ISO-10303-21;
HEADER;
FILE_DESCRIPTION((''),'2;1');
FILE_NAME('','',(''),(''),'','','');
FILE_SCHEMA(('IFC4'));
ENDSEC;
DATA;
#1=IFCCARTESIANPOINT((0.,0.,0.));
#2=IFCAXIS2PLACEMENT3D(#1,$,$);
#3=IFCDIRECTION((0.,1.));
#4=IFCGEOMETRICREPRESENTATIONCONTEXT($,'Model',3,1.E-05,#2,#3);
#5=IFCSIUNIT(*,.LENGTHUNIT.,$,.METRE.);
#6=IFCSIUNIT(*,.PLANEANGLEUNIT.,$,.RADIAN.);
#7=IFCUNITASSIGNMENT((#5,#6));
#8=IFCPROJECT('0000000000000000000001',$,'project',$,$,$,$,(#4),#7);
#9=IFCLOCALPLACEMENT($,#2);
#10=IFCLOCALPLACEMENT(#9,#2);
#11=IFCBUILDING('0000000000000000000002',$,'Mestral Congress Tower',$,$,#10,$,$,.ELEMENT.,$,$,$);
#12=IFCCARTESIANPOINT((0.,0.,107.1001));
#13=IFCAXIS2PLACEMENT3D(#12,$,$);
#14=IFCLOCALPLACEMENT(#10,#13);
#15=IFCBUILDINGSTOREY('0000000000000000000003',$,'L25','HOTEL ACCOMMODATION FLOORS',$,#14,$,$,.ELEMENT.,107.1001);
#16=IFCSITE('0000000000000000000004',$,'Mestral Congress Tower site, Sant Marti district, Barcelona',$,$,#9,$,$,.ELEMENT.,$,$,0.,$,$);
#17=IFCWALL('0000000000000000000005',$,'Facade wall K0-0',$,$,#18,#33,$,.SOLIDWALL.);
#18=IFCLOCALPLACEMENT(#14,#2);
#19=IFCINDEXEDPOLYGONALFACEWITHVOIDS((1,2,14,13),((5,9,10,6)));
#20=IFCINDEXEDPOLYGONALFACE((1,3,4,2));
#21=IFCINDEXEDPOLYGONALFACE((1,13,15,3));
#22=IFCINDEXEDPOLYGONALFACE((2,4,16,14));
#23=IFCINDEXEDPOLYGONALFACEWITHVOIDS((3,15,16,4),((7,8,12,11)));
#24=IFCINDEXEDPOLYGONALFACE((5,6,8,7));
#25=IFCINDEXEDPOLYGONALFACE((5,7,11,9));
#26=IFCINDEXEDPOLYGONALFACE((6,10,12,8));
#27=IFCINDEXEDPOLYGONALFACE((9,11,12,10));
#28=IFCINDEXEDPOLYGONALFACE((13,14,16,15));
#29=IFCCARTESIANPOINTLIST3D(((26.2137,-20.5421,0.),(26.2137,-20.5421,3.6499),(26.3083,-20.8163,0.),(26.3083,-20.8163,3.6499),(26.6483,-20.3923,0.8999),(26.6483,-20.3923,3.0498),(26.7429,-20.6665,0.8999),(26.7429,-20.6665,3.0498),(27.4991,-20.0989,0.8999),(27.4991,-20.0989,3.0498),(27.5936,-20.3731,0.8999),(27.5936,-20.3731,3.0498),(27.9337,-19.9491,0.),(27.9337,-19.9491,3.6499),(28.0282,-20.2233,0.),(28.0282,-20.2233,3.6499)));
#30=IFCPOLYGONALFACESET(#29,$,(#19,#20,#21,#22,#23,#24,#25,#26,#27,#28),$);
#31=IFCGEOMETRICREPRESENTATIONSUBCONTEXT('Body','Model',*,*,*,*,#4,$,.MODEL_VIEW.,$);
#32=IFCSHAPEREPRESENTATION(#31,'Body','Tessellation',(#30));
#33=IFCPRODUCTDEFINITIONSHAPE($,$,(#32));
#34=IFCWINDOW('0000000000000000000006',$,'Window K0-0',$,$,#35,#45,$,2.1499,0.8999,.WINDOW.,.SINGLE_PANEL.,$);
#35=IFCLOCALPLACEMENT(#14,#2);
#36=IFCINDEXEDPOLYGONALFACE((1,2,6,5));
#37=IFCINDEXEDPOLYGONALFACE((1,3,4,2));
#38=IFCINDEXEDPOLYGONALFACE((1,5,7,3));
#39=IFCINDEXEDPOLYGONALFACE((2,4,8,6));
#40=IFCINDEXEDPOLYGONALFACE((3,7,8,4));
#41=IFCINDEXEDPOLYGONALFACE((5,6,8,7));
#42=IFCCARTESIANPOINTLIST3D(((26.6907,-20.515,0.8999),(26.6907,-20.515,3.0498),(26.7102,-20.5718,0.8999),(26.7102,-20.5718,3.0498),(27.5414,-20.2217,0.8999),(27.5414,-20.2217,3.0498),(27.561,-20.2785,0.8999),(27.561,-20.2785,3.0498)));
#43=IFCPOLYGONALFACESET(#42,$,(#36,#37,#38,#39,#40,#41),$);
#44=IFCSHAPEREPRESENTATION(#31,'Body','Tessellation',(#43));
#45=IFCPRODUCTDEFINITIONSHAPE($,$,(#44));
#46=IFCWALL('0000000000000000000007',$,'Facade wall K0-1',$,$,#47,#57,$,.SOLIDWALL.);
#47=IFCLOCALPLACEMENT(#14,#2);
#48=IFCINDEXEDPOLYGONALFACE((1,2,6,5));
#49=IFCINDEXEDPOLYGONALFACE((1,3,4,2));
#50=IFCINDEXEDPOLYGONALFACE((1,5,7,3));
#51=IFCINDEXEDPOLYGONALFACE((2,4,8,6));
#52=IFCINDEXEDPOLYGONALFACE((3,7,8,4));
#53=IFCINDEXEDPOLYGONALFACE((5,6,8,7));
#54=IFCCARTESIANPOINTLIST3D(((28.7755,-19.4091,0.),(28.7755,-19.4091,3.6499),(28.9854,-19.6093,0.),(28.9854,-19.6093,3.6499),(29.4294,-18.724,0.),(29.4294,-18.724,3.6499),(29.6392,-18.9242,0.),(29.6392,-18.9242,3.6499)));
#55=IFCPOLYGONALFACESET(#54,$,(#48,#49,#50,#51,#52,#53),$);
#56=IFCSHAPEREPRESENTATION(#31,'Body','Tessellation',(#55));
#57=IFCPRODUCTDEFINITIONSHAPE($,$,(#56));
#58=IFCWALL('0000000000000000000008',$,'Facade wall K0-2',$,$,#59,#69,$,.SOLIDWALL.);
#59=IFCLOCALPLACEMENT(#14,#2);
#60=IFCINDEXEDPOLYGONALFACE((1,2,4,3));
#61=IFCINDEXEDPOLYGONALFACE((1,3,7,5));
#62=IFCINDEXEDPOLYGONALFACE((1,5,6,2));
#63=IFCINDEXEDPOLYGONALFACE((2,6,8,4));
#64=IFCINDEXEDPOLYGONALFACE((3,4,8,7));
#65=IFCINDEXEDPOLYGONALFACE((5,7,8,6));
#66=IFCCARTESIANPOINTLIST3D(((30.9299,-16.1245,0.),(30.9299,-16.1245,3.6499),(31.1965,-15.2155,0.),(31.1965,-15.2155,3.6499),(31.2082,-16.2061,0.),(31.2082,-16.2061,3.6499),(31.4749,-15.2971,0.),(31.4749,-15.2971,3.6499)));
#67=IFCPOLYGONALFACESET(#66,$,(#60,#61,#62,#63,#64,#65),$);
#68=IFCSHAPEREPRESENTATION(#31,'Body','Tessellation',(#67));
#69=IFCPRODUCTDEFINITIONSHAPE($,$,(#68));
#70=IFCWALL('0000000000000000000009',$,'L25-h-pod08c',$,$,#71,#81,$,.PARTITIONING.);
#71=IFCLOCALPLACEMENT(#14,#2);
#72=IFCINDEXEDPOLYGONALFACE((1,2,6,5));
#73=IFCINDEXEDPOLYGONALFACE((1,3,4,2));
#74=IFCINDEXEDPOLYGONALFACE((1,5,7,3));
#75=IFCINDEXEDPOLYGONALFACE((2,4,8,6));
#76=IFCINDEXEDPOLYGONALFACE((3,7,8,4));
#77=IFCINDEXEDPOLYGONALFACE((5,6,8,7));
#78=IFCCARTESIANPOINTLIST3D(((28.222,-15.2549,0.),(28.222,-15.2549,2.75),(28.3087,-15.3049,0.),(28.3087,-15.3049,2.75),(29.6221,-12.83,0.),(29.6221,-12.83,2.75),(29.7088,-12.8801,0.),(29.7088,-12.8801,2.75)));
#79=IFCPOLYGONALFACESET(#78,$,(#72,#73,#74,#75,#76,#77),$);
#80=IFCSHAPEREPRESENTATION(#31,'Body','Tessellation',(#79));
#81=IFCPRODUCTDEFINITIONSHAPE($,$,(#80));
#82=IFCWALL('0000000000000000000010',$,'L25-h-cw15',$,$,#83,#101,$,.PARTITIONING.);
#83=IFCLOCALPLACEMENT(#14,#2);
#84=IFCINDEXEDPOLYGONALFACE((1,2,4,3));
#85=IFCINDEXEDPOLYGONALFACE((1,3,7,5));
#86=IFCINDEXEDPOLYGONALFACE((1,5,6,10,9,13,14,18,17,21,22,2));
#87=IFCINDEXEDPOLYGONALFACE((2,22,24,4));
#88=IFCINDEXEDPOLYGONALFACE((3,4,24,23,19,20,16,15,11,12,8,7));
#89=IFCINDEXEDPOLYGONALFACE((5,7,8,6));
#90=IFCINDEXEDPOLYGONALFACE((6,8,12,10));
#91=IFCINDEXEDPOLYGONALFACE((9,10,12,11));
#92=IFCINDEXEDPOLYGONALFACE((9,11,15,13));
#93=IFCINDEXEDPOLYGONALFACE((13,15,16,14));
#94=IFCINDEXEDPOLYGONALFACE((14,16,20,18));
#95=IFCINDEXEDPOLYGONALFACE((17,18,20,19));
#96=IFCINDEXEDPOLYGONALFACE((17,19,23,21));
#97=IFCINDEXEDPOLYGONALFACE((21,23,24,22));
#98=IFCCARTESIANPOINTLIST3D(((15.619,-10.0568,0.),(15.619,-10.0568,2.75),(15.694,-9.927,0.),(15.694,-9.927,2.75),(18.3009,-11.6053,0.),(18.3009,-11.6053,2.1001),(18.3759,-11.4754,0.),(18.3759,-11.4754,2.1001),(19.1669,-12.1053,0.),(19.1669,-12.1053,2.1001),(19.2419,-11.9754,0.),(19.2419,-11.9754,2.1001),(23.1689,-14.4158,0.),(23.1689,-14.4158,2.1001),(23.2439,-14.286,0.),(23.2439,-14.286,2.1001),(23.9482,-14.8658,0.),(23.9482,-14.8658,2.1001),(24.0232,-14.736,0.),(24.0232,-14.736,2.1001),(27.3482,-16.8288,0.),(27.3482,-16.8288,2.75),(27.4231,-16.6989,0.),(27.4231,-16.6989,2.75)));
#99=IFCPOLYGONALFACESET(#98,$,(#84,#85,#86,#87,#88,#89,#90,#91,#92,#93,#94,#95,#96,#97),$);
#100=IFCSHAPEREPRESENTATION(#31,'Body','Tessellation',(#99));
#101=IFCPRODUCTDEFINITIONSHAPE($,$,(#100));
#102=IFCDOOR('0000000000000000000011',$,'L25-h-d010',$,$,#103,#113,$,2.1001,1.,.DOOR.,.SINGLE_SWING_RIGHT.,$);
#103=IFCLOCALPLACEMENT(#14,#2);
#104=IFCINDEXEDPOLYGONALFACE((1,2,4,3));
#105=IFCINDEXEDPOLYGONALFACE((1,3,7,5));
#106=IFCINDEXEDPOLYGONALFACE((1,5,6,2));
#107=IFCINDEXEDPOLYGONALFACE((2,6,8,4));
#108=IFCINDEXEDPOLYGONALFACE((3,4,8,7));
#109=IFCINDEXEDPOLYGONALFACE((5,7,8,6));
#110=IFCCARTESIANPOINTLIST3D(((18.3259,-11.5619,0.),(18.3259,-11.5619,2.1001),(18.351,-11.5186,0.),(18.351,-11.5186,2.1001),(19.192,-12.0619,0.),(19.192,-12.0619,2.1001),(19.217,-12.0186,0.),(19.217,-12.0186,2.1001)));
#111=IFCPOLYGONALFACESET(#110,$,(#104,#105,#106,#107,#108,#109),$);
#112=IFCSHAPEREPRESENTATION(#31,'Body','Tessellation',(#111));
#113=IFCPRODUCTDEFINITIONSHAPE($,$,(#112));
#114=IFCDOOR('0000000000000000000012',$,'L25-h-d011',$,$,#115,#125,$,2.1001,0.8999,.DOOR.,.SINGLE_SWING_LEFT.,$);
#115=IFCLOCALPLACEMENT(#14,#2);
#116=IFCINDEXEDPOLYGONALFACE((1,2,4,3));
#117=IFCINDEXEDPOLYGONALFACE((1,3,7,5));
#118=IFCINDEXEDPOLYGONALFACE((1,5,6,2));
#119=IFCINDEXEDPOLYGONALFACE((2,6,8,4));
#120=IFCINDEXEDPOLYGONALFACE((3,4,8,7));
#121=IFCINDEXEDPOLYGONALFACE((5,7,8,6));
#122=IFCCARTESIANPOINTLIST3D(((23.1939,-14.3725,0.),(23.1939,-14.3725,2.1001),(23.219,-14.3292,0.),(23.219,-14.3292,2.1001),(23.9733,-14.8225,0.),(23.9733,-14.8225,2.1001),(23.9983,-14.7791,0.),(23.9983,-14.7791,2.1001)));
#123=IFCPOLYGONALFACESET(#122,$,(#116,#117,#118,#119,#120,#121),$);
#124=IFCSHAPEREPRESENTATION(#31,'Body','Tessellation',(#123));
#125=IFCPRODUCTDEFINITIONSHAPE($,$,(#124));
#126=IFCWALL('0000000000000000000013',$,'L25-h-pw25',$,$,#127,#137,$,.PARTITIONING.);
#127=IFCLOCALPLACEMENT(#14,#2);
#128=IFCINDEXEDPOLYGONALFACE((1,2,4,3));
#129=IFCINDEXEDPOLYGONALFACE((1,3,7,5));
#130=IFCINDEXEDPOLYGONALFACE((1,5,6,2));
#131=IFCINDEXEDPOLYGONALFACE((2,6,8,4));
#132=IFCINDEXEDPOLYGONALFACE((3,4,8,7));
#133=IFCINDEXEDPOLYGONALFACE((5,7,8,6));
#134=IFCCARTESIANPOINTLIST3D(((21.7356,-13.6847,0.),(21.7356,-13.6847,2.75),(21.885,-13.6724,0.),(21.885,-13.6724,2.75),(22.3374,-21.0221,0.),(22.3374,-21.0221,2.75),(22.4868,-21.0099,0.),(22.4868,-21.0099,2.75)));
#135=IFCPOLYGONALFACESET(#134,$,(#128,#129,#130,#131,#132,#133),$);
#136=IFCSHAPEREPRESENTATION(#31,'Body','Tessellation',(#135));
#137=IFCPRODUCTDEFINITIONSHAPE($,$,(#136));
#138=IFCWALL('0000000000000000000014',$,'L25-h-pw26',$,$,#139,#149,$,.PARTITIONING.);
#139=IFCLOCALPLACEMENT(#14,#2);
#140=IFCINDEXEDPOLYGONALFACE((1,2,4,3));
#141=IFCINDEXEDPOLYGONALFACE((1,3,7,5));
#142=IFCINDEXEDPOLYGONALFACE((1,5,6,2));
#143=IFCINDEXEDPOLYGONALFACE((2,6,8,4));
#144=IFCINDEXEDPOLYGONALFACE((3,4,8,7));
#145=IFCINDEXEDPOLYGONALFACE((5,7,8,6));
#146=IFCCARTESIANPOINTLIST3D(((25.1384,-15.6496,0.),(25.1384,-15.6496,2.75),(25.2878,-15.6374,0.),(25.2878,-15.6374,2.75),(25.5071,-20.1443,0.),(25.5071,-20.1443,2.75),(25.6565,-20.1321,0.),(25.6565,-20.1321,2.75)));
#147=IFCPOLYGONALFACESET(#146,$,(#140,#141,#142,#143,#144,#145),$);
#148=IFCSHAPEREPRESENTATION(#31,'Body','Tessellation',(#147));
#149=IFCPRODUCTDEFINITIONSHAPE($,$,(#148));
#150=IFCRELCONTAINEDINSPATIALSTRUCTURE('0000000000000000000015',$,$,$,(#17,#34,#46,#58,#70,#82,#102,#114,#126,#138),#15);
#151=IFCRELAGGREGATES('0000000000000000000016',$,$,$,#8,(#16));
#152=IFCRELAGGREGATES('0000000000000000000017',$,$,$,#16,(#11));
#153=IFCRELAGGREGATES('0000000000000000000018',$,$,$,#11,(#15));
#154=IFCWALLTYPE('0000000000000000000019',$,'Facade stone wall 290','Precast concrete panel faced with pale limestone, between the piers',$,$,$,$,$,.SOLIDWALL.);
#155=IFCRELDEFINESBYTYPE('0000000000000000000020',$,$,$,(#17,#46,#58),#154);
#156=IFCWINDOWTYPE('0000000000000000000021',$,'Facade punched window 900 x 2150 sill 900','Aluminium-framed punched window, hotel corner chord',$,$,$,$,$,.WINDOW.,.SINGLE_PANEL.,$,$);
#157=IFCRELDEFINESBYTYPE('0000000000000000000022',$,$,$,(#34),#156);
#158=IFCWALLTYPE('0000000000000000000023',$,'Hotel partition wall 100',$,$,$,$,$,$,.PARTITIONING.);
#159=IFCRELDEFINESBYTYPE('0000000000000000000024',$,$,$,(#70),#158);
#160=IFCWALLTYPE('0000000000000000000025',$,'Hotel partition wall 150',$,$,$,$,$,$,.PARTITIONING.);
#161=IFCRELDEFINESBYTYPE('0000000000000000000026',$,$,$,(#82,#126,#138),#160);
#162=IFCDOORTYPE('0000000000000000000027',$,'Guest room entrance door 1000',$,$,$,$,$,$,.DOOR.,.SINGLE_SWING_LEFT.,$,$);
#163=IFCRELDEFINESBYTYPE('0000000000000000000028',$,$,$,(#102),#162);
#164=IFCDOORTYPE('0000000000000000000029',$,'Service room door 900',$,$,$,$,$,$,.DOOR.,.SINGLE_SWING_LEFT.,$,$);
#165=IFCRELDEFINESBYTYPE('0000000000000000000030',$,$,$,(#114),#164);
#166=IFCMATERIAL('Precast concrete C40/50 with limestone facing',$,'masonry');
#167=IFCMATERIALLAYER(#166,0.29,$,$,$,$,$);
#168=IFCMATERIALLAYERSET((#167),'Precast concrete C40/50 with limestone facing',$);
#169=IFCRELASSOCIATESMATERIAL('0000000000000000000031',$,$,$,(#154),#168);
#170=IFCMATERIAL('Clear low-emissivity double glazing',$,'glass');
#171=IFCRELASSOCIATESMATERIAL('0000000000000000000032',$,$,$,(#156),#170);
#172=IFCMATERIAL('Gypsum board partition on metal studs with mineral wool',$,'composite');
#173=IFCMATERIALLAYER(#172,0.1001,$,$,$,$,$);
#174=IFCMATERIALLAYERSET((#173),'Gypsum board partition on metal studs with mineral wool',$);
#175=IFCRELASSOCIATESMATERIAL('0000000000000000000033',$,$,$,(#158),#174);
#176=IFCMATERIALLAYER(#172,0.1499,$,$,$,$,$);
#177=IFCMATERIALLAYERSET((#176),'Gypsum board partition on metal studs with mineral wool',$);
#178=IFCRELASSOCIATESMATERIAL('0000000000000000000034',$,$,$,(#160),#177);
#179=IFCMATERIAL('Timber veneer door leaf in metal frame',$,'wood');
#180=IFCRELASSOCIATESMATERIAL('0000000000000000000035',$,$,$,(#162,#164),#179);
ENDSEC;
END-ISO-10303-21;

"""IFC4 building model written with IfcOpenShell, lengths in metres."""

from ifc_helpers import new_model, si_unit, direction, frame, frame_2d, origin, place, context, subcontext, project, spatial, rectangle, extrude, material, layer, layer_set, type_object, element, fill, save


model = new_model("IFC4")

# Units and contexts
model_context = context("Model", 3, precision=1e-05, world=origin(), true_north=direction((0.0, 1.0)))
body_context = subcontext(model_context, "Body", "Model", "MODEL_VIEW")
ifc_project = project(units=[si_unit("LENGTHUNIT", "METRE"), si_unit("PLANEANGLEUNIT", "RADIAN")], contexts=[model_context])

# Site, building, storey
site_placement = place(None, origin())
site = spatial("IfcSite", under=ifc_project, at=site_placement, Name="Mestral Congress Tower site, Sant Marti district, Barcelona", CompositionType="ELEMENT", RefElevation=0.0)
building_placement = place(site_placement, origin())
building = spatial("IfcBuilding", under=site, at=building_placement, Name="Mestral Congress Tower", CompositionType="ELEMENT")
storey_placement = place(building_placement, frame((0.0, 0.0, 107.1001)))
storey = spatial("IfcBuildingStorey", under=building, at=storey_placement, Name="L25", Description="HOTEL ACCOMMODATION FLOORS", CompositionType="ELEMENT", Elevation=107.1001)

# Shared definitions
ifc_material_1 = material(Name="Precast concrete C40/50 with limestone facing", Category="masonry")
ifc_layer_1 = layer(ifc_material_1, 0.29)
ifc_layer_set_1 = layer_set([ifc_layer_1], Name="Precast concrete C40/50 with limestone facing")
wall_type_1 = type_object("IfcWallType", Name="Facade stone wall 290", Description="Precast concrete panel faced with pale limestone, between the piers", PredefinedType="SOLIDWALL", material=ifc_layer_set_1)
ifc_material_2 = material(Name="Clear low-emissivity double glazing", Category="glass")

# Wall, opening, window
wall_1_placement = place(storey_placement, frame((26.261, -20.6792, 0.0), z_axis=(0.0, 0.0, 1.0), x_axis=(0.945386, 0.325953, 0.0)))
wall_1 = element("IfcWall", 1, at=wall_1_placement, inside=storey, type_object=wall_type_1, Name="Facade wall K0-0", PredefinedType="SOLIDWALL", context=body_context, shape_type="SweptSolid", body=[
    extrude(rectangle(XDim=1.8193, YDim=0.29, at=frame_2d((0.9097, 0.0))), origin(), (0.0, 0.0, 1.0), 3.6499),
])
opening_1_placement = place(wall_1_placement, frame((0.4597, 0.0, 0.8999)))
opening_1 = element("IfcOpeningElement", 2, at=opening_1_placement, cuts=wall_1, PredefinedType="OPENING", context=body_context, shape_type="SweptSolid", body=[
    extrude(rectangle(XDim=0.8999, YDim=2.1499, at=frame_2d((0.45, 1.075))), frame((0.0, 0.155, 0.0), z_axis=(0.0, -1.0, 0.0), x_axis=(1.0, 0.0, 0.0)), (0.0, 0.0, 1.0), 0.3101),
])
window_type_1 = type_object("IfcWindowType", Name="Facade punched window 900 x 2150 sill 900", Description="Aluminium-framed punched window, hotel corner chord", PartitioningType="SINGLE_PANEL", PredefinedType="WINDOW", material=ifc_material_2)
window_1_placement = place(opening_1_placement, origin())
window_1 = element("IfcWindow", 3, at=window_1_placement, inside=storey, type_object=window_type_1, Name="Window K0-0", OverallHeight=2.1499, OverallWidth=0.8999, PartitioningType="SINGLE_PANEL", PredefinedType="WINDOW", context=body_context, shape_type="SweptSolid", body=[
    extrude(rectangle(XDim=0.8999, YDim=2.1499, at=frame_2d((0.45, 1.075))), frame((0.0, 0.0151, 0.0), z_axis=(0.0, -1.0, 0.0), x_axis=(1.0, 0.0, 0.0)), (0.0, 0.0, 1.0), 0.0601),
])
fill(opening_1, window_1)

# Walls
wall_2_placement = place(storey_placement, frame((28.8804, -19.5093, 0.0), z_axis=(0.0, 0.0, 1.0), x_axis=(0.690414, 0.723414, 0.0)))
element("IfcWall", 4, at=wall_2_placement, inside=storey, type_object=wall_type_1, Name="Facade wall K0-1", PredefinedType="SOLIDWALL", context=body_context, shape_type="SweptSolid", body=[
    extrude(rectangle(XDim=0.947, YDim=0.29, at=frame_2d((0.4736, 0.0))), origin(), (0.0, 0.0, 1.0), 3.6499),
])
wall_3_placement = place(storey_placement, frame((31.0691, -16.1653, 0.0), z_axis=(0.0, 0.0, 1.0), x_axis=(0.281455, 0.959575, 0.0)))
element("IfcWall", 5, at=wall_3_placement, inside=storey, type_object=wall_type_1, Name="Facade wall K0-2", PredefinedType="SOLIDWALL", context=body_context, shape_type="SweptSolid", body=[
    extrude(rectangle(XDim=0.9473, YDim=0.29, at=frame_2d((0.4736, 0.0))), origin(), (0.0, 0.0, 1.0), 3.6499),
])
ifc_material_3 = material(Name="Gypsum board partition on metal studs with mineral wool", Category="composite")
ifc_layer_2 = layer(ifc_material_3, 0.1001)
ifc_layer_set_2 = layer_set([ifc_layer_2], Name="Gypsum board partition on metal studs with mineral wool")
wall_type_2 = type_object("IfcWallType", Name="Hotel partition wall 100", PredefinedType="PARTITIONING", material=ifc_layer_set_2)
wall_4_placement = place(storey_placement, frame((28.2654, -15.2798, 0.0), z_axis=(0.0, 0.0, 1.0), x_axis=(0.50005, 0.865997, 0.0)))
element("IfcWall", 6, at=wall_4_placement, inside=storey, type_object=wall_type_2, Name="L25-h-pod08c", PredefinedType="PARTITIONING", context=body_context, shape_type="SweptSolid", body=[
    extrude(rectangle(XDim=2.8, YDim=0.1001, at=frame_2d((1.3999, 0.0))), origin(), (0.0, 0.0, 1.0), 2.75),
])

# Wall, openings, doors
ifc_layer_3 = layer(ifc_material_3, 0.1499)
ifc_layer_set_3 = layer_set([ifc_layer_3], Name="Gypsum board partition on metal studs with mineral wool")
wall_type_3 = type_object("IfcWallType", Name="Hotel partition wall 150", PredefinedType="PARTITIONING", material=ifc_layer_set_3)
wall_5_placement = place(storey_placement, frame((27.3857, -16.7639, 0.0), z_axis=(0.0, 0.0, 1.0), x_axis=(-0.866023, 0.500005, 0.0)))
wall_5 = element("IfcWall", 7, at=wall_5_placement, inside=storey, type_object=wall_type_3, Name="L25-h-cw15", PredefinedType="PARTITIONING", context=body_context, shape_type="SweptSolid", body=[
    extrude(rectangle(XDim=13.5437, YDim=0.1499, at=frame_2d((6.772, 0.0))), origin(), (0.0, 0.0, 1.0), 2.75),
])
opening_2_placement = place(wall_5_placement, frame((9.447, 0.0, 0.0)))
opening_2 = element("IfcOpeningElement", 8, at=opening_2_placement, cuts=wall_5, PredefinedType="OPENING", context=body_context, shape_type="SweptSolid", body=[
    extrude(rectangle(XDim=1.0, YDim=2.1001, at=frame_2d((0.5, 1.05))), frame((0.0, 0.085, 0.0), z_axis=(0.0, -1.0, 0.0), x_axis=(1.0, 0.0, 0.0)), (0.0, 0.0, 1.0), 0.1699),
])
opening_3_placement = place(wall_5_placement, frame((3.926, 0.0, 0.0)))
opening_3 = element("IfcOpeningElement", 9, at=opening_3_placement, cuts=wall_5, PredefinedType="OPENING", context=body_context, shape_type="SweptSolid", body=[
    extrude(rectangle(XDim=0.8999, YDim=2.1001, at=frame_2d((0.45, 1.05))), frame((0.0, 0.085, 0.0), z_axis=(0.0, -1.0, 0.0), x_axis=(1.0, 0.0, 0.0)), (0.0, 0.0, 1.0), 0.1699),
])
ifc_material_4 = material(Name="Timber veneer door leaf in metal frame", Category="wood")
door_type_1 = type_object("IfcDoorType", Name="Guest room entrance door 1000", OperationType="SINGLE_SWING_LEFT", PredefinedType="DOOR", material=ifc_material_4)
door_1_placement = place(opening_2_placement, origin())
door_1 = element("IfcDoor", 10, at=door_1_placement, inside=storey, type_object=door_type_1, Name="L25-h-d010", OperationType="SINGLE_SWING_RIGHT", OverallHeight=2.1001, OverallWidth=1.0, PredefinedType="DOOR", context=body_context, shape_type="SweptSolid", body=[
    extrude(rectangle(XDim=1.0, YDim=2.1001, at=frame_2d((0.5, 1.05))), frame((0.0, 0.0249, 0.0), z_axis=(0.0, -1.0, 0.0), x_axis=(1.0, 0.0, 0.0)), (0.0, 0.0, 1.0), 0.05),
])
fill(opening_2, door_1)
door_type_2 = type_object("IfcDoorType", Name="Service room door 900", OperationType="SINGLE_SWING_LEFT", PredefinedType="DOOR", material=ifc_material_4)
door_2_placement = place(opening_3_placement, origin())
door_2 = element("IfcDoor", 11, at=door_2_placement, inside=storey, type_object=door_type_2, Name="L25-h-d011", OperationType="SINGLE_SWING_LEFT", OverallHeight=2.1001, OverallWidth=0.8999, PredefinedType="DOOR", context=body_context, shape_type="SweptSolid", body=[
    extrude(rectangle(XDim=0.8999, YDim=2.1001, at=frame_2d((0.45, 1.05))), frame((0.0, 0.0249, 0.0), z_axis=(0.0, -1.0, 0.0), x_axis=(1.0, 0.0, 0.0)), (0.0, 0.0, 1.0), 0.05),
])
fill(opening_3, door_2)

# Walls
wall_6_placement = place(storey_placement, frame((22.4121, -21.0161, 0.0), z_axis=(0.0, 0.0, 1.0), x_axis=(-0.081745, 0.996653, 0.0)))
element("IfcWall", 12, at=wall_6_placement, inside=storey, type_object=wall_type_3, Name="L25-h-pw25", PredefinedType="PARTITIONING", context=body_context, shape_type="SweptSolid", body=[
    extrude(rectangle(XDim=7.3621, YDim=0.1499, at=frame_2d((3.6812, 0.0))), origin(), (0.0, 0.0, 1.0), 2.75),
])
wall_7_placement = place(storey_placement, frame((25.5818, -20.1382, 0.0), z_axis=(0.0, 0.0, 1.0), x_axis=(-0.081746, 0.996653, 0.0)))
element("IfcWall", 13, at=wall_7_placement, inside=storey, type_object=wall_type_3, Name="L25-h-pw26", PredefinedType="PARTITIONING", context=body_context, shape_type="SweptSolid", body=[
    extrude(rectangle(XDim=4.5098, YDim=0.1499, at=frame_2d((2.2549, 0.0))), origin(), (0.0, 0.0, 1.0), 2.75),
])

save(model, "model.ifc")
